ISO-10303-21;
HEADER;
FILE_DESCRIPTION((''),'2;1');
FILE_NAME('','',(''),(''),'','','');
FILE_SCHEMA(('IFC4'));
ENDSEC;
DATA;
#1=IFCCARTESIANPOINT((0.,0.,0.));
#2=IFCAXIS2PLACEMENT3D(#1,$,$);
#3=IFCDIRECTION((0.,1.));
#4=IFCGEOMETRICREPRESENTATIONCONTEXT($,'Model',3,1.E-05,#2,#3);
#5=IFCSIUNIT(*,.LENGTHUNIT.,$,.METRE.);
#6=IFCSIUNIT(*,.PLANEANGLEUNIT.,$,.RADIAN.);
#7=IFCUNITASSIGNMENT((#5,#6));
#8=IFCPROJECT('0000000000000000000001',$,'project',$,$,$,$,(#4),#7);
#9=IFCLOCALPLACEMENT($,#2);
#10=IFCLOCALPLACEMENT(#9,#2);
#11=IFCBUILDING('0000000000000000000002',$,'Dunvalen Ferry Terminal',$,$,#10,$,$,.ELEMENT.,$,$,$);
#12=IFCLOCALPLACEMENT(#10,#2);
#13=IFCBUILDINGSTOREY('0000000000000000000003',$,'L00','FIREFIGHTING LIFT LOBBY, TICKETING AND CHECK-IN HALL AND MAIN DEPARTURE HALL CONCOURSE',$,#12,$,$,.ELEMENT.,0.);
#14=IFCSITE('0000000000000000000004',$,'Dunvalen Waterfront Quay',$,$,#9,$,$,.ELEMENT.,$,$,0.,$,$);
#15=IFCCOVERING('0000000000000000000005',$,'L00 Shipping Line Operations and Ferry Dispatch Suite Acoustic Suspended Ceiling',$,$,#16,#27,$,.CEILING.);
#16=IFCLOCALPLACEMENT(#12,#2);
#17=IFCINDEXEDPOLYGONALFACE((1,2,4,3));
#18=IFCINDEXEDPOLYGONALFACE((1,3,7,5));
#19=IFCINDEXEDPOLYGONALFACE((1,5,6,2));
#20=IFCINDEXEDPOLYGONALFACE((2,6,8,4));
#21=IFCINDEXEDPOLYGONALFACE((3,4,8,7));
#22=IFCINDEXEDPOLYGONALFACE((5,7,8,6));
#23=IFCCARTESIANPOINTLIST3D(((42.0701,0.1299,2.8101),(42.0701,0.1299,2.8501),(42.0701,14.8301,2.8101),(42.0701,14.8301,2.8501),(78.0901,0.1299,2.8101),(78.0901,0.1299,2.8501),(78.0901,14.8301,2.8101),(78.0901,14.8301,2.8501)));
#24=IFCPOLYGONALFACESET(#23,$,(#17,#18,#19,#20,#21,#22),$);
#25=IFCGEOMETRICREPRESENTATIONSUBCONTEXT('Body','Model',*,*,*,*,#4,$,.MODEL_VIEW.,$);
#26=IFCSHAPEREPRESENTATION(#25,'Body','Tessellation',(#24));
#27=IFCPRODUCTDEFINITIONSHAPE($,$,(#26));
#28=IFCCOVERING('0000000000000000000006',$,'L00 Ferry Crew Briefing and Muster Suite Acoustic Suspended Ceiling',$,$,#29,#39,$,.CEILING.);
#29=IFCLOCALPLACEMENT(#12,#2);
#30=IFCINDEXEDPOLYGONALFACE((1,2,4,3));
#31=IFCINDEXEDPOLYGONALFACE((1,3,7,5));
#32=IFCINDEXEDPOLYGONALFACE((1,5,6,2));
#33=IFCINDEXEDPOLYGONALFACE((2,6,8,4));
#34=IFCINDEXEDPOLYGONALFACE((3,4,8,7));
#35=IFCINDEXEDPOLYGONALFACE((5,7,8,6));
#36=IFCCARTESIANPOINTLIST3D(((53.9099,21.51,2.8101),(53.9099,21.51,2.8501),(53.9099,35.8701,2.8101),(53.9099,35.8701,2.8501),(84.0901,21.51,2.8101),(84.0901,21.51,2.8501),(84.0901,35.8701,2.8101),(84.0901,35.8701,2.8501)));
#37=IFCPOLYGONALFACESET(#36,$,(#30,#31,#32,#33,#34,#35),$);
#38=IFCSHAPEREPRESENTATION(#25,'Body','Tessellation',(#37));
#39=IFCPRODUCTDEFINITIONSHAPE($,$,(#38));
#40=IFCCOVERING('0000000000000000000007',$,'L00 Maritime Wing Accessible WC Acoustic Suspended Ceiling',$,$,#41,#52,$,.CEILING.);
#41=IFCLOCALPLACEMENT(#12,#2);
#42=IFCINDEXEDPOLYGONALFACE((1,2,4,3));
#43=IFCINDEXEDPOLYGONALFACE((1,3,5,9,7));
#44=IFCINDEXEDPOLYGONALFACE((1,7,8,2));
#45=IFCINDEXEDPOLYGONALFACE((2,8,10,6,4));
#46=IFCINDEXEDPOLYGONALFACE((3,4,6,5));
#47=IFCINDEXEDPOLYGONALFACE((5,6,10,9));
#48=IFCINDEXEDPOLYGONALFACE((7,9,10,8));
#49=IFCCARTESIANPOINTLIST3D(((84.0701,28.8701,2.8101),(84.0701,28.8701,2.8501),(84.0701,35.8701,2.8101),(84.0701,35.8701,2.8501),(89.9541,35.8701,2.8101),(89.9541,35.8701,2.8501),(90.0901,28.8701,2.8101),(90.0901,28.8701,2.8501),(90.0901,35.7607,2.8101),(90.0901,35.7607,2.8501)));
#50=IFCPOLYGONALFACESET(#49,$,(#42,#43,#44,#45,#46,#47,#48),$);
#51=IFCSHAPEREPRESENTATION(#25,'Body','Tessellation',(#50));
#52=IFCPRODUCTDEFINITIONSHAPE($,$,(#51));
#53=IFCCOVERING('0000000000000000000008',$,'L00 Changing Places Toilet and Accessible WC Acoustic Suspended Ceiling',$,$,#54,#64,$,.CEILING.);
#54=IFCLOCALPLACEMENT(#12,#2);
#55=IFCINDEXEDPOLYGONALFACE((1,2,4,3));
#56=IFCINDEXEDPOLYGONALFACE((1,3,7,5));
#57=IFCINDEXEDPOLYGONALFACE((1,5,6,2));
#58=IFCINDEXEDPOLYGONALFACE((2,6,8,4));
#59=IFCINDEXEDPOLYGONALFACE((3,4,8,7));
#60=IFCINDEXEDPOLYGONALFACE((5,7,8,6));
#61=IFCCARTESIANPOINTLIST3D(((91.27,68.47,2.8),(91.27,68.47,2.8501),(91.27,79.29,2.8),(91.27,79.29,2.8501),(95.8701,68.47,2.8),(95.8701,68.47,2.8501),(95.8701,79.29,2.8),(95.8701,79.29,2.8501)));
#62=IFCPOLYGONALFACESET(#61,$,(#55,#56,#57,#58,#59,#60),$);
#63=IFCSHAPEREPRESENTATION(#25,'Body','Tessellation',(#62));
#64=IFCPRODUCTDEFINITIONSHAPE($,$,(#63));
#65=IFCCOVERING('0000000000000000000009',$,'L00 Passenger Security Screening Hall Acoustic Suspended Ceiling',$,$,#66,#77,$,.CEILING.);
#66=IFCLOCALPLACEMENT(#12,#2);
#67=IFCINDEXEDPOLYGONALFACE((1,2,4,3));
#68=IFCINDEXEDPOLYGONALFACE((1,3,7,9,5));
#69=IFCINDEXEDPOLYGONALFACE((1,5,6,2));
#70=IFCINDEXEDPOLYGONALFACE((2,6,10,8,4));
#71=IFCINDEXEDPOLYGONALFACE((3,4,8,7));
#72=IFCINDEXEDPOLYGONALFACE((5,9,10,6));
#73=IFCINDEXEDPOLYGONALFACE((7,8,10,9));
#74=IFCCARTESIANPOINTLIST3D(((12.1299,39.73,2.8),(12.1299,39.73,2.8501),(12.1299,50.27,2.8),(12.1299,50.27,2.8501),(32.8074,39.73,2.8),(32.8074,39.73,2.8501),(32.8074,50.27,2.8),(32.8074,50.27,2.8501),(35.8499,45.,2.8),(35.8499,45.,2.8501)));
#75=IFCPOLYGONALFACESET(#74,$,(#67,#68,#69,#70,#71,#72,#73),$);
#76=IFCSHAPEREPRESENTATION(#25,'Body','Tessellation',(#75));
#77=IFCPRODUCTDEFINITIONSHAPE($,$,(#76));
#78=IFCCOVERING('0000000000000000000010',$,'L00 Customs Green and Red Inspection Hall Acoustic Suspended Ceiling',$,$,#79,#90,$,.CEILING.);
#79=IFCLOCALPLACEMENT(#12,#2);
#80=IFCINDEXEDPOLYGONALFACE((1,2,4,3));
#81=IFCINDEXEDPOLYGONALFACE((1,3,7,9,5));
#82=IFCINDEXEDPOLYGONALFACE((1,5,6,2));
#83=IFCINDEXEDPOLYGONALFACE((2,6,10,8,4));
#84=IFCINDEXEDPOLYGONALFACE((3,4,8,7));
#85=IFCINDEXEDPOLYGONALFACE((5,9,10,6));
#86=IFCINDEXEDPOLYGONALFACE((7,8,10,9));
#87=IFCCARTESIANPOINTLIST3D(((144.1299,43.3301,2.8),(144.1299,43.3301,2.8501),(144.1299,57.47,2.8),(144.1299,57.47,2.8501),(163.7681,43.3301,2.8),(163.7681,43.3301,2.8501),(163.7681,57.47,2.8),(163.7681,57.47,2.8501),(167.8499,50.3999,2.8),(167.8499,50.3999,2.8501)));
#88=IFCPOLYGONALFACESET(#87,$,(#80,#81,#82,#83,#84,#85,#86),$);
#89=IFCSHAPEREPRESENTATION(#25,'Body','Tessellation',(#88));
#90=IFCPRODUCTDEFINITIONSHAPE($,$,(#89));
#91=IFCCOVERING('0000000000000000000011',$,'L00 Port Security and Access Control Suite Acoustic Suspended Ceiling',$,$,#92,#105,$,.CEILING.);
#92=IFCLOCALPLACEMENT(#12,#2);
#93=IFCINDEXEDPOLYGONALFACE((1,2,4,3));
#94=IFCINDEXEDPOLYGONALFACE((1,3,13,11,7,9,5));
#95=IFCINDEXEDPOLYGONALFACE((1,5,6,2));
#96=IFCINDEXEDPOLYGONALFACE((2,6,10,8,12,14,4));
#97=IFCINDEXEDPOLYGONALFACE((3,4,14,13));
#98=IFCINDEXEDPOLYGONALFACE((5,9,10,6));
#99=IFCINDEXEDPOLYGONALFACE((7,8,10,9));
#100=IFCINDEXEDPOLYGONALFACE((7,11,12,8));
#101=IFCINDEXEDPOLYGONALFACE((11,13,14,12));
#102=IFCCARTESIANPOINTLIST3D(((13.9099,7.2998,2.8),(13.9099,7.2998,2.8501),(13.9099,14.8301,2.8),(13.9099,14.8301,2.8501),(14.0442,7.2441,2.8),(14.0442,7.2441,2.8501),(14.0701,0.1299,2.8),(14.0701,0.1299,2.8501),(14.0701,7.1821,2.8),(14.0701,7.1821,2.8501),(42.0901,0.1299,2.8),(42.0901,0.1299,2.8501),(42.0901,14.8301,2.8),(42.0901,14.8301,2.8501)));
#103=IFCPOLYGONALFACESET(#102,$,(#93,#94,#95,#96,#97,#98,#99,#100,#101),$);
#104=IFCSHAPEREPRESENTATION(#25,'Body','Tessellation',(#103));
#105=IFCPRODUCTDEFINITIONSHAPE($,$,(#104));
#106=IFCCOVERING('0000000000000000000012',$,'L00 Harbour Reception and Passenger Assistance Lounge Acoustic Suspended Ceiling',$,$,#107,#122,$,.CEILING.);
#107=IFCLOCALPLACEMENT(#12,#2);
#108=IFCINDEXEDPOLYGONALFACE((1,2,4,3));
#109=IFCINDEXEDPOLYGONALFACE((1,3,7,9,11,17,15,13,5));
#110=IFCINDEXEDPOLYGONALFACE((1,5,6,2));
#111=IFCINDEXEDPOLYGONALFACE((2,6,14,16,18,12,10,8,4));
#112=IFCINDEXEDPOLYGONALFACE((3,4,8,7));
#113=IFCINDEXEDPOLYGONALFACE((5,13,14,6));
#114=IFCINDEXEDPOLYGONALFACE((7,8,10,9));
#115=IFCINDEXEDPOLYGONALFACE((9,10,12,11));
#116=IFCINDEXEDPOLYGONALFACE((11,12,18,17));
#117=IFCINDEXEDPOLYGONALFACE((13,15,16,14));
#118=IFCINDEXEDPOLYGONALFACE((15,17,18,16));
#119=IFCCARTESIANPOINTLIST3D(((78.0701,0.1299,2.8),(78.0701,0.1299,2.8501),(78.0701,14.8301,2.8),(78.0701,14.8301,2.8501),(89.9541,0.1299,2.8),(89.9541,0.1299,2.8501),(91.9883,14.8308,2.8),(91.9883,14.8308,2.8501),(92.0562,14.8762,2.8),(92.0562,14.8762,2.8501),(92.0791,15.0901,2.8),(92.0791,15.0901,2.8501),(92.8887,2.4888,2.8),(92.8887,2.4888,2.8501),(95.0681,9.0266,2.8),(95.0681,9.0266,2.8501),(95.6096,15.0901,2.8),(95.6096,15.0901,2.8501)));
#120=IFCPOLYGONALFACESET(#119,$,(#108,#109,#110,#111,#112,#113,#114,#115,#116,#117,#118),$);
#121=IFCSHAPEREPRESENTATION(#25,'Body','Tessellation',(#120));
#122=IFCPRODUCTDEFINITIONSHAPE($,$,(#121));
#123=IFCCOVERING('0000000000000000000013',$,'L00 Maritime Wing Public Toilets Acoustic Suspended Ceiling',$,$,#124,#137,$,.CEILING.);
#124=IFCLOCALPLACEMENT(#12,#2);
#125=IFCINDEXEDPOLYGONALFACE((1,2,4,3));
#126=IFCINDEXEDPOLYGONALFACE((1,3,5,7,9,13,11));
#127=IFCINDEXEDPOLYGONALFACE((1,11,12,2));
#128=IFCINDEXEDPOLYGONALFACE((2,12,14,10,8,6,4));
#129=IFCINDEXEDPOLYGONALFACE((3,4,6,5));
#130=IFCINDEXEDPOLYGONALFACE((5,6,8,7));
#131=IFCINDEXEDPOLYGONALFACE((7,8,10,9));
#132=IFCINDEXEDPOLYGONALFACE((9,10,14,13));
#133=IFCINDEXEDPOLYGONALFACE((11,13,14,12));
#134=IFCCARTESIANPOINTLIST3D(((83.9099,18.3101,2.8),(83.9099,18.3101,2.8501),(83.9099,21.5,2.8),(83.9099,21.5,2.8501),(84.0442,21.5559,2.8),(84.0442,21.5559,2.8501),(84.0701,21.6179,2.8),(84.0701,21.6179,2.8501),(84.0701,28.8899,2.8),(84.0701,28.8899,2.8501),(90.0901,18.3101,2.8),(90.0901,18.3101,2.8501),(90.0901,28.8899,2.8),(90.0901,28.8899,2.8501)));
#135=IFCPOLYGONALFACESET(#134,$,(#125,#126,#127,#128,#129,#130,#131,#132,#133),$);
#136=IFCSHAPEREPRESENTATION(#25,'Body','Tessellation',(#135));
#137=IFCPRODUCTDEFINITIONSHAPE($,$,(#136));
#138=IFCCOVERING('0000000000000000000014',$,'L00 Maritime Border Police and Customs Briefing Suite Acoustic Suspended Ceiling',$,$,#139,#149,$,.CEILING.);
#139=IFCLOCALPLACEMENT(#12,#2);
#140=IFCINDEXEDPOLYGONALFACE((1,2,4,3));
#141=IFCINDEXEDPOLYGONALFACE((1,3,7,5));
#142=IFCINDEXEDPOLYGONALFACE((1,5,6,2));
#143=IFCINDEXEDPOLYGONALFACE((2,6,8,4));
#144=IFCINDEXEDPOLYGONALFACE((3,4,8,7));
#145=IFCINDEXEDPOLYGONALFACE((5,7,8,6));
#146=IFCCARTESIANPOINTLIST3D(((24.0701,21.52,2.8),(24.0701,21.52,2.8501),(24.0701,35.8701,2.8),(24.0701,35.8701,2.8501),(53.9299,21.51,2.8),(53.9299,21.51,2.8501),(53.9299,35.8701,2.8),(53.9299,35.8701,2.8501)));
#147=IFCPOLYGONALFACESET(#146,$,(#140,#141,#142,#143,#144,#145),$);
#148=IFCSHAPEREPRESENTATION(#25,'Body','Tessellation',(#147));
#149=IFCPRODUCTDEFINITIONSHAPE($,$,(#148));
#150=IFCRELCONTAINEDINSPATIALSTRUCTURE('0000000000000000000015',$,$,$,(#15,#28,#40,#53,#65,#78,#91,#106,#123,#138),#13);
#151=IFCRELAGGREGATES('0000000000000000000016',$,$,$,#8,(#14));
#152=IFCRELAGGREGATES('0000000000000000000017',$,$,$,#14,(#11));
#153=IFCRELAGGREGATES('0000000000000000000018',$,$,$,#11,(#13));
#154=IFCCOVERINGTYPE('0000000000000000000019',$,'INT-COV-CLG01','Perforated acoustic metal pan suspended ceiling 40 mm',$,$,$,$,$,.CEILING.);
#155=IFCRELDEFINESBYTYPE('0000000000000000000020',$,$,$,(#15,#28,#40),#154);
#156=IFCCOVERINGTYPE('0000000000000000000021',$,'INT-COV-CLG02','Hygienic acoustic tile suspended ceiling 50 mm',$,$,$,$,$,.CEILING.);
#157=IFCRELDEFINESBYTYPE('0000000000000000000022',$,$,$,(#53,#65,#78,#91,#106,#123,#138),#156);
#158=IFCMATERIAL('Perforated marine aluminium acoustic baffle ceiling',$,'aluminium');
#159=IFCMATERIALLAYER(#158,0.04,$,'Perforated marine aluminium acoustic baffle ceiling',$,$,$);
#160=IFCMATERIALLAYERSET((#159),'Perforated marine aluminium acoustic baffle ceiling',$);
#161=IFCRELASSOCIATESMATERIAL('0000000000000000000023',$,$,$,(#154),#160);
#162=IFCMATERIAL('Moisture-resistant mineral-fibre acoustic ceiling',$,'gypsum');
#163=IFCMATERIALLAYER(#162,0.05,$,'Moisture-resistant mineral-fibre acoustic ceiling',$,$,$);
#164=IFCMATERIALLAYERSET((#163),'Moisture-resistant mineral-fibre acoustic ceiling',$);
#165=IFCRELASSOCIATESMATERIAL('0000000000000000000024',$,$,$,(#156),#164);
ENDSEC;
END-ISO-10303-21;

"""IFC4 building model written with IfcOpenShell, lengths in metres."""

from ifc_helpers import new_model, si_unit, direction, frame, origin, place, context, subcontext, project, spatial, polyline, outline, extrude, material, layer, layer_set, type_object, element, save


model = new_model("IFC4")

# Units and contexts
model_context = context("Model", 3, precision=1e-05, world=origin(), true_north=direction((0.0, 1.0)))
body_context = subcontext(model_context, "Body", "Model", "MODEL_VIEW")
ifc_project = project(units=[si_unit("LENGTHUNIT", "METRE"), si_unit("PLANEANGLEUNIT", "RADIAN")], contexts=[model_context])

# Site, building, storey
site_placement = place(None, origin())
site = spatial("IfcSite", under=ifc_project, at=site_placement, Name="Dunvalen Waterfront Quay", CompositionType="ELEMENT", RefElevation=0.0)
building_placement = place(site_placement, origin())
building = spatial("IfcBuilding", under=site, at=building_placement, Name="Dunvalen Ferry Terminal", CompositionType="ELEMENT")
storey_placement = place(building_placement, origin())
storey = spatial("IfcBuildingStorey", under=building, at=storey_placement, Name="L00", Description="FIREFIGHTING LIFT LOBBY, TICKETING AND CHECK-IN HALL AND MAIN DEPARTURE HALL CONCOURSE", CompositionType="ELEMENT", Elevation=0.0)

# Coverings
ifc_material_1 = material(Name="Perforated marine aluminium acoustic baffle ceiling", Category="aluminium")
ifc_layer_1 = layer(ifc_material_1, 0.04, Name="Perforated marine aluminium acoustic baffle ceiling")
ifc_layer_set_1 = layer_set([ifc_layer_1], Name="Perforated marine aluminium acoustic baffle ceiling")
covering_type_1 = type_object("IfcCoveringType", Name="INT-COV-CLG01", Description="Perforated acoustic metal pan suspended ceiling 40 mm", PredefinedType="CEILING", material=ifc_layer_set_1)
covering_1_placement = place(storey_placement, frame((0.0, 0.0, 2.8101)))
element("IfcCovering", 1, at=covering_1_placement, inside=storey, type_object=covering_type_1, Name="L00 Shipping Line Operations and Ferry Dispatch Suite Acoustic Suspended Ceiling", PredefinedType="CEILING", context=body_context, shape_type="SweptSolid", body=[
    extrude(outline(polyline([(42.0701, 0.1299), (78.0901, 0.1299), (78.0901, 14.8301), (42.0701, 14.8301), (42.0701, 0.1299)])), origin(), (0.0, 0.0, 1.0), 0.04),
])
covering_2_placement = place(storey_placement, frame((0.0, 0.0, 2.8101)))
element("IfcCovering", 2, at=covering_2_placement, inside=storey, type_object=covering_type_1, Name="L00 Ferry Crew Briefing and Muster Suite Acoustic Suspended Ceiling", PredefinedType="CEILING", context=body_context, shape_type="SweptSolid", body=[
    extrude(outline(polyline([(53.9099, 35.8701), (53.9099, 21.51), (84.0901, 21.51), (84.0901, 35.8701), (53.9099, 35.8701)])), origin(), (0.0, 0.0, 1.0), 0.04),
])
covering_3_placement = place(storey_placement, frame((0.0, 0.0, 2.8101)))
element("IfcCovering", 3, at=covering_3_placement, inside=storey, type_object=covering_type_1, Name="L00 Maritime Wing Accessible WC Acoustic Suspended Ceiling", PredefinedType="CEILING", context=body_context, shape_type="SweptSolid", body=[
    extrude(outline(polyline([(84.0701, 35.8701), (84.0701, 28.8701), (90.0901, 28.8701), (90.0901, 35.7607), (89.9541, 35.8701), (84.0701, 35.8701)])), origin(), (0.0, 0.0, 1.0), 0.04),
])
ifc_material_2 = material(Name="Moisture-resistant mineral-fibre acoustic ceiling", Category="gypsum")
ifc_layer_2 = layer(ifc_material_2, 0.05, Name="Moisture-resistant mineral-fibre acoustic ceiling")
ifc_layer_set_2 = layer_set([ifc_layer_2], Name="Moisture-resistant mineral-fibre acoustic ceiling")
covering_type_2 = type_object("IfcCoveringType", Name="INT-COV-CLG02", Description="Hygienic acoustic tile suspended ceiling 50 mm", PredefinedType="CEILING", material=ifc_layer_set_2)
covering_4_placement = place(storey_placement, frame((0.0, 0.0, 2.8)))
element("IfcCovering", 4, at=covering_4_placement, inside=storey, type_object=covering_type_2, Name="L00 Changing Places Toilet and Accessible WC Acoustic Suspended Ceiling", PredefinedType="CEILING", context=body_context, shape_type="SweptSolid", body=[
    extrude(outline(polyline([(91.27, 79.29), (91.27, 68.47), (95.8701, 68.47), (95.8701, 79.29), (91.27, 79.29)])), origin(), (0.0, 0.0, 1.0), 0.05),
])
covering_5_placement = place(storey_placement, frame((0.0, 0.0, 2.8)))
element("IfcCovering", 5, at=covering_5_placement, inside=storey, type_object=covering_type_2, Name="L00 Passenger Security Screening Hall Acoustic Suspended Ceiling", PredefinedType="CEILING", context=body_context, shape_type="SweptSolid", body=[
    extrude(outline(polyline([(12.1299, 39.73), (32.8074, 39.73), (35.8499, 45.0), (32.8074, 50.27), (12.1299, 50.27), (12.1299, 39.73)])), origin(), (0.0, 0.0, 1.0), 0.05),
])
covering_6_placement = place(storey_placement, frame((0.0, 0.0, 2.8)))
element("IfcCovering", 6, at=covering_6_placement, inside=storey, type_object=covering_type_2, Name="L00 Customs Green and Red Inspection Hall Acoustic Suspended Ceiling", PredefinedType="CEILING", context=body_context, shape_type="SweptSolid", body=[
    extrude(outline(polyline([(144.1299, 43.3301), (163.7681, 43.3301), (167.8499, 50.3999), (163.7681, 57.47), (144.1299, 57.47), (144.1299, 43.3301)])), origin(), (0.0, 0.0, 1.0), 0.05),
])
covering_7_placement = place(storey_placement, frame((0.0, 0.0, 2.8)))
element("IfcCovering", 7, at=covering_7_placement, inside=storey, type_object=covering_type_2, Name="L00 Port Security and Access Control Suite Acoustic Suspended Ceiling", PredefinedType="CEILING", context=body_context, shape_type="SweptSolid", body=[
    extrude(outline(polyline([(42.0901, 14.8301), (13.9099, 14.8301), (13.9099, 7.2998), (14.0442, 7.2441), (14.0701, 7.1821), (14.0701, 0.1299), (42.0901, 0.1299), (42.0901, 14.8301)])), origin(), (0.0, 0.0, 1.0), 0.05),
])
covering_8_placement = place(storey_placement, frame((0.0, 0.0, 2.8)))
element("IfcCovering", 8, at=covering_8_placement, inside=storey, type_object=covering_type_2, Name="L00 Harbour Reception and Passenger Assistance Lounge Acoustic Suspended Ceiling", PredefinedType="CEILING", context=body_context, shape_type="SweptSolid", body=[
    extrude(outline(polyline([(78.0701, 0.1299), (89.9541, 0.1299), (92.8887, 2.4888), (95.0681, 9.0266), (95.6096, 15.0901), (92.0791, 15.0901), (92.0562, 14.8762), (91.9883, 14.8308), (78.0701, 14.8301), (78.0701, 0.1299)])), origin(), (0.0, 0.0, 1.0), 0.05),
])
covering_9_placement = place(storey_placement, frame((0.0, 0.0, 2.8)))
element("IfcCovering", 9, at=covering_9_placement, inside=storey, type_object=covering_type_2, Name="L00 Maritime Wing Public Toilets Acoustic Suspended Ceiling", PredefinedType="CEILING", context=body_context, shape_type="SweptSolid", body=[
    extrude(outline(polyline([(84.0701, 21.6179), (84.0442, 21.5559), (83.9099, 21.5), (83.9099, 18.3101), (90.0901, 18.3101), (90.0901, 28.8899), (84.0701, 28.8899), (84.0701, 21.6179)])), origin(), (0.0, 0.0, 1.0), 0.05),
])
covering_10_placement = place(storey_placement, frame((0.0, 0.0, 2.8)))
element("IfcCovering", 10, at=covering_10_placement, inside=storey, type_object=covering_type_2, Name="L00 Maritime Border Police and Customs Briefing Suite Acoustic Suspended Ceiling", PredefinedType="CEILING", context=body_context, shape_type="SweptSolid", body=[
    extrude(outline(polyline([(24.0701, 35.8701), (24.0701, 21.52), (53.9299, 21.51), (53.9299, 35.8701), (24.0701, 35.8701)])), origin(), (0.0, 0.0, 1.0), 0.05),
])

save(model, "model.ifc")
